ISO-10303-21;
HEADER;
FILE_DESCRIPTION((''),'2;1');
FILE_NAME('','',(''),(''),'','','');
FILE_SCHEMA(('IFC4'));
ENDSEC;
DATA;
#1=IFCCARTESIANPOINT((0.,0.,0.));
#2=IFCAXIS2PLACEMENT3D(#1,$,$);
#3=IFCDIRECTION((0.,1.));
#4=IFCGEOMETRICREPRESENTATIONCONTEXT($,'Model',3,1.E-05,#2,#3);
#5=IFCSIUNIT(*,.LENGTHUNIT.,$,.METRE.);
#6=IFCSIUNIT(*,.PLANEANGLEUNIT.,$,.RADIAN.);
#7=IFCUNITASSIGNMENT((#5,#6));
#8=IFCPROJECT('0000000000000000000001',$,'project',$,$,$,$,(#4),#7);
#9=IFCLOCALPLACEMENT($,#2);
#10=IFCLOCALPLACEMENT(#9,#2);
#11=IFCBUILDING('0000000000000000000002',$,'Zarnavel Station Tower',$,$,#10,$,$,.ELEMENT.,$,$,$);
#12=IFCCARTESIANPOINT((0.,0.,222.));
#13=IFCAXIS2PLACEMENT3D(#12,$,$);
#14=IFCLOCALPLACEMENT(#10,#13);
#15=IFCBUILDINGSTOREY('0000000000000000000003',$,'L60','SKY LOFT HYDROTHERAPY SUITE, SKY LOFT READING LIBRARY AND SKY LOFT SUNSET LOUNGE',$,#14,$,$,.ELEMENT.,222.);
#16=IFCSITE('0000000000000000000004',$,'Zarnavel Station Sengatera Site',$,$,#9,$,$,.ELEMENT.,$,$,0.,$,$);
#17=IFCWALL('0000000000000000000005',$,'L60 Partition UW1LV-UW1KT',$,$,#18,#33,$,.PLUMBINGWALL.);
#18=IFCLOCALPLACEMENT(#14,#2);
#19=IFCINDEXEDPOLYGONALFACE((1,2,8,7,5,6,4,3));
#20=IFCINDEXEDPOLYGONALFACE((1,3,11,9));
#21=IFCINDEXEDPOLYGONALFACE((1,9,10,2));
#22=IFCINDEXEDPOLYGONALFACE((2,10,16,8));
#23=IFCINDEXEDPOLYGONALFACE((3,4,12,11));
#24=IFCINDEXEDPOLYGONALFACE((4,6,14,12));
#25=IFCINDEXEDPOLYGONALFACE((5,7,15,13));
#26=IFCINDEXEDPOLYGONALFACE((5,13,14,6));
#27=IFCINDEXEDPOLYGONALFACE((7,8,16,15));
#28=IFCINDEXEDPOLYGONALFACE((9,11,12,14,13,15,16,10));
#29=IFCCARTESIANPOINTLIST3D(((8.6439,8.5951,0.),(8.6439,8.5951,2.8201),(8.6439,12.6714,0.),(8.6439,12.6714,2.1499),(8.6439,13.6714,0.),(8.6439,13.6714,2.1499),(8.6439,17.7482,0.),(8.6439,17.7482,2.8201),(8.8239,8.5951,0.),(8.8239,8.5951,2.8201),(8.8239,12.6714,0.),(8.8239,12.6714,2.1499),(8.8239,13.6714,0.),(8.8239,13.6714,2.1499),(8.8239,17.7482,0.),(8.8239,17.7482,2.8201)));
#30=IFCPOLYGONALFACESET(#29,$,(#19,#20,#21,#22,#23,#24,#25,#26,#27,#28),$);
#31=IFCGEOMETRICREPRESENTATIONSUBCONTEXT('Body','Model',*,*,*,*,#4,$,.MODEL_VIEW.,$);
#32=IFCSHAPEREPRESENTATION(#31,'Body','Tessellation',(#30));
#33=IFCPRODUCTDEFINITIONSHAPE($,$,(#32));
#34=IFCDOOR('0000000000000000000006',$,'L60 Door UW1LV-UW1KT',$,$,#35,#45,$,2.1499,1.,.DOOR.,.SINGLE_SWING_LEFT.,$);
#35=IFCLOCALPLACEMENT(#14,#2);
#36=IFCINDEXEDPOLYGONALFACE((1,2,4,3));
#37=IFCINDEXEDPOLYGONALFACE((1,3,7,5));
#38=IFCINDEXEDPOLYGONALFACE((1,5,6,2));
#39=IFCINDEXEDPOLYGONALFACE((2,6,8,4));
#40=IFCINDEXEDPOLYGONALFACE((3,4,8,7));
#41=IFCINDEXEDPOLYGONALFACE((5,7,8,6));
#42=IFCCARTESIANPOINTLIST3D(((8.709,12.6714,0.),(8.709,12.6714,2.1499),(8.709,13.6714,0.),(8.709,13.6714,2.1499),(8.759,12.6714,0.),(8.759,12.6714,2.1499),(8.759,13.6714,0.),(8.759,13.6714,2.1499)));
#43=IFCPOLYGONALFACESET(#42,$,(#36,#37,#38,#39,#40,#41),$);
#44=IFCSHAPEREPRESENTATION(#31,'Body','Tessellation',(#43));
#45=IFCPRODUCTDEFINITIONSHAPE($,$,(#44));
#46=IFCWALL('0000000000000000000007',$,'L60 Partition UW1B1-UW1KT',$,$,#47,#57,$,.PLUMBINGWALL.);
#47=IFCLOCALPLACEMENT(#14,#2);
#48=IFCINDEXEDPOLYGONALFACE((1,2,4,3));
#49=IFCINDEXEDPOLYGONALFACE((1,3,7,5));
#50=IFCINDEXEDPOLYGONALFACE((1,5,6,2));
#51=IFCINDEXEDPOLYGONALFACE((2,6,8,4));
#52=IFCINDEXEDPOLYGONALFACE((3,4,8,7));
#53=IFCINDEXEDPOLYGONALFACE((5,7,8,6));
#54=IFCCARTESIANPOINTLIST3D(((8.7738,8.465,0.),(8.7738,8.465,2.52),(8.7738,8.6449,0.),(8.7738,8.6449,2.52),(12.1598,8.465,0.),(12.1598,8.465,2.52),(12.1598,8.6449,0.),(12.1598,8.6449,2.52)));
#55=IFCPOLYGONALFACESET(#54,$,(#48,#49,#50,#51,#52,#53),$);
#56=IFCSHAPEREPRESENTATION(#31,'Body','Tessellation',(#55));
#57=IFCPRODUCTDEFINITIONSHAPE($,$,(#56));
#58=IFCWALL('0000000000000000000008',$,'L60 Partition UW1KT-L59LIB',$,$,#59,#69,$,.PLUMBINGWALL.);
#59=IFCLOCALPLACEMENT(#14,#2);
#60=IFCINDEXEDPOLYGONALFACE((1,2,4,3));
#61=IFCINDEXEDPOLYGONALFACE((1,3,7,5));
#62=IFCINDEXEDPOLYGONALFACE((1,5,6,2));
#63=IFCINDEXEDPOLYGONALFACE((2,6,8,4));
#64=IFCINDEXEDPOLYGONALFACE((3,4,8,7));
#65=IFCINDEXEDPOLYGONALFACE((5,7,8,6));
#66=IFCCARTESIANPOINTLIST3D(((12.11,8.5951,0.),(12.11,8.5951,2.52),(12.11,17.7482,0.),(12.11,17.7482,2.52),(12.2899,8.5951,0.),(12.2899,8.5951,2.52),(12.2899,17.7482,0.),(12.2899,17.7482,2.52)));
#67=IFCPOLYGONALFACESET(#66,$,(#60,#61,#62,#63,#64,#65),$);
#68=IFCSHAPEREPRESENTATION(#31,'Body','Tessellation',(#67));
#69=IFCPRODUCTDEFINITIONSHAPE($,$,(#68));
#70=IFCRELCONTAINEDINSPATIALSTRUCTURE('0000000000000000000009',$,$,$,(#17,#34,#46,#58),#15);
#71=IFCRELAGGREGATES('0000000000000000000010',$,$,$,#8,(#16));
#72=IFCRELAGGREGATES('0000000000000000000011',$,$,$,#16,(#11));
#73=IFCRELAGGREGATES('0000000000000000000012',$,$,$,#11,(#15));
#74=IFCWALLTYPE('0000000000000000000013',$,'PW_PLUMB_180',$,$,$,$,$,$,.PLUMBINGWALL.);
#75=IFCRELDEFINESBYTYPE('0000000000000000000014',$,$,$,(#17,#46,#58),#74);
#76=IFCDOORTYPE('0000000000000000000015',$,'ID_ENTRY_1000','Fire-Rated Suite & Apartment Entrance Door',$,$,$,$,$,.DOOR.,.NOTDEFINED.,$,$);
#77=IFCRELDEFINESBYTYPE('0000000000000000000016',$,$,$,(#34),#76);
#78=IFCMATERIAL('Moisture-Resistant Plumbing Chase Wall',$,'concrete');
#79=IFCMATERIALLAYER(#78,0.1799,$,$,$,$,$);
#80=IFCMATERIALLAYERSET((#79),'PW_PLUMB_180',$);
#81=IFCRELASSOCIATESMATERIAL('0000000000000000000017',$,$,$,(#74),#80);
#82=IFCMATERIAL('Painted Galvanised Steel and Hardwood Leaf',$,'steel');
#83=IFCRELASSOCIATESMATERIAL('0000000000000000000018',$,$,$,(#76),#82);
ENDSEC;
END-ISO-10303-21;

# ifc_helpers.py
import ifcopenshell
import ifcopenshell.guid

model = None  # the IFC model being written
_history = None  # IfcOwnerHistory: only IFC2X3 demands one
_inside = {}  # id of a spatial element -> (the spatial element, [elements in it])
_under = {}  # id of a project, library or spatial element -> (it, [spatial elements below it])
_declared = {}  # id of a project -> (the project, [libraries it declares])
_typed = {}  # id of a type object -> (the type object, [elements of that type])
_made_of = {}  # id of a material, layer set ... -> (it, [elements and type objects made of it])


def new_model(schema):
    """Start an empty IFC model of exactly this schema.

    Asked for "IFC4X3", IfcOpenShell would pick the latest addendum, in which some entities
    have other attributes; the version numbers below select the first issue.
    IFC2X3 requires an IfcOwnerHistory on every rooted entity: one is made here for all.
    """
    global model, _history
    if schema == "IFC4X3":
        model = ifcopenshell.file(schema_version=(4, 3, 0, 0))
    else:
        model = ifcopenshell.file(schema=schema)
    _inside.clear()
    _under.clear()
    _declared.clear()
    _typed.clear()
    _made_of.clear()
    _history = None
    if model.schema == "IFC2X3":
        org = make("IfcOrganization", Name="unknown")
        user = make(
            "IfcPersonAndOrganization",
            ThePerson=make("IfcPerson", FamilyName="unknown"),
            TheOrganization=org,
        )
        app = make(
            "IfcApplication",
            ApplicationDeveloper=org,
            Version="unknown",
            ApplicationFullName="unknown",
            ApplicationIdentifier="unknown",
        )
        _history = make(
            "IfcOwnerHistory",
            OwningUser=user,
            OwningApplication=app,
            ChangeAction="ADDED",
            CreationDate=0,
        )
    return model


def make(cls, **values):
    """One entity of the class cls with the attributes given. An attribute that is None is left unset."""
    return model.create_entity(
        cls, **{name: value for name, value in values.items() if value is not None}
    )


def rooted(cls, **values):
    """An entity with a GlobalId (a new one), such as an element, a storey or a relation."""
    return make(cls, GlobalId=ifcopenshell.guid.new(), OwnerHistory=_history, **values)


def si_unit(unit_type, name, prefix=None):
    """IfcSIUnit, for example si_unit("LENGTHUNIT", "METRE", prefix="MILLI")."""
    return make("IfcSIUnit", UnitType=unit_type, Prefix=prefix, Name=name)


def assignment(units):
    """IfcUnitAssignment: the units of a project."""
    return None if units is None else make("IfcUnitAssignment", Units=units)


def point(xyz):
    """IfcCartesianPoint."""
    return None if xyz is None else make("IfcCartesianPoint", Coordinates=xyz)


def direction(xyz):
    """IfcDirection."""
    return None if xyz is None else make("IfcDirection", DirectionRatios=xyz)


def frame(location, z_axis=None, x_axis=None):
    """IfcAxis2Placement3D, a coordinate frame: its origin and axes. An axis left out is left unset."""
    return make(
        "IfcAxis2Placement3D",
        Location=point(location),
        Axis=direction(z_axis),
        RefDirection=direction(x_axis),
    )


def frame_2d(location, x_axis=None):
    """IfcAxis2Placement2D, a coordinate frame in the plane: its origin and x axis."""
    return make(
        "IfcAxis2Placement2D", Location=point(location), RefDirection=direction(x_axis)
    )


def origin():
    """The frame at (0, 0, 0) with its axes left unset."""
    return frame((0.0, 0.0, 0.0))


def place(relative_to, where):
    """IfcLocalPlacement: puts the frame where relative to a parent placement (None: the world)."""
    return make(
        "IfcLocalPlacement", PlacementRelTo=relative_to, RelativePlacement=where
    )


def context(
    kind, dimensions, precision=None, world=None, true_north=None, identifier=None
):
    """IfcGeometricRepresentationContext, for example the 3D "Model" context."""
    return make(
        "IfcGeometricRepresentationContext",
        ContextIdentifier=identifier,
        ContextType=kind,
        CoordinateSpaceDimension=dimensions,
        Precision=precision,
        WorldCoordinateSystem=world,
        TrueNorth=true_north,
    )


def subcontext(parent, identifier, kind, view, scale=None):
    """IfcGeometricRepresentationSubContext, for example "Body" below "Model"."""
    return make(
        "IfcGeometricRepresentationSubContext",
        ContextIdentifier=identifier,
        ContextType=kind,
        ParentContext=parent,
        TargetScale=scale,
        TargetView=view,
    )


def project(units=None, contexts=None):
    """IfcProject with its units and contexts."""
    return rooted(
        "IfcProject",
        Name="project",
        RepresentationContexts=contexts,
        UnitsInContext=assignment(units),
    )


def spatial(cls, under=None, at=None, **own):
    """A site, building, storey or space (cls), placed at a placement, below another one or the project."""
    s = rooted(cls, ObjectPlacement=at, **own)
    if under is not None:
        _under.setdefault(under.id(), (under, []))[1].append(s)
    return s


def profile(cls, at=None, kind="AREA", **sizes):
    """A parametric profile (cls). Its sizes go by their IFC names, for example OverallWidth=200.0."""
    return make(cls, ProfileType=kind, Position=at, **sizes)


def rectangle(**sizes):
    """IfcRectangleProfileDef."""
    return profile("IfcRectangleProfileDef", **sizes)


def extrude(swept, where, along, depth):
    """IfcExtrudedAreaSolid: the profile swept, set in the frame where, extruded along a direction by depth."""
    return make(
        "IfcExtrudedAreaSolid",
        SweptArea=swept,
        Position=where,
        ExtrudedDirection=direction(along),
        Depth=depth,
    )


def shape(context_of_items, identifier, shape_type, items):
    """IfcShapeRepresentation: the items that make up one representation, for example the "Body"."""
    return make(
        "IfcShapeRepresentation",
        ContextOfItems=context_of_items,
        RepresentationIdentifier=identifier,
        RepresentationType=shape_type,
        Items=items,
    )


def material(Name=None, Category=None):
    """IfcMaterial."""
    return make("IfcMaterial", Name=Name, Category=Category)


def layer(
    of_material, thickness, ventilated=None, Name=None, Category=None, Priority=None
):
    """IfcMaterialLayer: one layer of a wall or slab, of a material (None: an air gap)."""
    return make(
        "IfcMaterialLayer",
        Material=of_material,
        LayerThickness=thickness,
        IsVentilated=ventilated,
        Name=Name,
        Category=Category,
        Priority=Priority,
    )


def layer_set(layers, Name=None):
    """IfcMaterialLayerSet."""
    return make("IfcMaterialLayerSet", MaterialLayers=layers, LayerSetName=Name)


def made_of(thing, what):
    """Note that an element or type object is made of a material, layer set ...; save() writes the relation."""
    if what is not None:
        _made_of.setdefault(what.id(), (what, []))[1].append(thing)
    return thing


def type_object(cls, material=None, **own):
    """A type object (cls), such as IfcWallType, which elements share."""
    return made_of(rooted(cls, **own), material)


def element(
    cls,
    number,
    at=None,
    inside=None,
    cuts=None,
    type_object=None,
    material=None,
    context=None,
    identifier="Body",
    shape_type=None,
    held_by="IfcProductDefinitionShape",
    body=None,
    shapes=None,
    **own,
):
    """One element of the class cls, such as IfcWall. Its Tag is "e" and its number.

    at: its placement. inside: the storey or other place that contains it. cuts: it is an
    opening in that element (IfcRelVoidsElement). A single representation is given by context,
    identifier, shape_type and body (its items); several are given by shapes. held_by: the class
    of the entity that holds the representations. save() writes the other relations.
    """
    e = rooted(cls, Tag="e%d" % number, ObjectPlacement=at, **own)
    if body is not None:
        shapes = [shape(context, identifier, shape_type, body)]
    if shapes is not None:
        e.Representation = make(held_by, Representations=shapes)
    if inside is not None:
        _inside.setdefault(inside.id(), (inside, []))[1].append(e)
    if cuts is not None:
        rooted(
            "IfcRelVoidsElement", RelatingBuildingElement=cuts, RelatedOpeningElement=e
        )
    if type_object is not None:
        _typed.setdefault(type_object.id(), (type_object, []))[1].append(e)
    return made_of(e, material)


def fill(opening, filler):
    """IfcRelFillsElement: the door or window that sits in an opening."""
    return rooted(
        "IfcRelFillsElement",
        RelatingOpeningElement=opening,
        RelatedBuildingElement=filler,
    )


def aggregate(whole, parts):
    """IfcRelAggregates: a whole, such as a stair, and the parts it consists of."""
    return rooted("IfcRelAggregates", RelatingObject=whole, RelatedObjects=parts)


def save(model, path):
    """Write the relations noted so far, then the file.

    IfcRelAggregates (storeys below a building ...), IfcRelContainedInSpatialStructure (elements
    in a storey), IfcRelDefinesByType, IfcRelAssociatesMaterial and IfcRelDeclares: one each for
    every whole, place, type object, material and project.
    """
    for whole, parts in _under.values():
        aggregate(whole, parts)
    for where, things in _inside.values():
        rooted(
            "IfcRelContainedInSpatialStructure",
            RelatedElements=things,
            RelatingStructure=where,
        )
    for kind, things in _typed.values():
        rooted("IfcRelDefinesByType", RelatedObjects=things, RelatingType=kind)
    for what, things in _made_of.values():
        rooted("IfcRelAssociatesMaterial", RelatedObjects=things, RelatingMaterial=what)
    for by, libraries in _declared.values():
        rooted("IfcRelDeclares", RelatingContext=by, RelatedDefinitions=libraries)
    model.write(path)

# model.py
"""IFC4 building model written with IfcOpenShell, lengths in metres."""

from ifc_helpers import new_model, si_unit, direction, frame, frame_2d, origin, place, context, subcontext, project, spatial, rectangle, extrude, material, layer, layer_set, type_object, element, fill, save


model = new_model("IFC4")

# Units and contexts
model_context = context("Model", 3, precision=1e-05, world=origin(), true_north=direction((0.0, 1.0)))
body_context = subcontext(model_context, "Body", "Model", "MODEL_VIEW")
ifc_project = project(units=[si_unit("LENGTHUNIT", "METRE"), si_unit("PLANEANGLEUNIT", "RADIAN")], contexts=[model_context])

# Site, building, storey
site_placement = place(None, origin())
site = spatial("IfcSite", under=ifc_project, at=site_placement, Name="Zarnavel Station Sengatera Site", CompositionType="ELEMENT", RefElevation=0.0)
building_placement = place(site_placement, origin())
building = spatial("IfcBuilding", under=site, at=building_placement, Name="Zarnavel Station Tower", CompositionType="ELEMENT")
storey_placement = place(building_placement, frame((0.0, 0.0, 222.0)))
storey = spatial("IfcBuildingStorey", under=building, at=storey_placement, Name="L60", Description="SKY LOFT HYDROTHERAPY SUITE, SKY LOFT READING LIBRARY AND SKY LOFT SUNSET LOUNGE", CompositionType="ELEMENT", Elevation=222.0)

# Wall, opening, door
ifc_material_1 = material(Name="Moisture-Resistant Plumbing Chase Wall", Category="concrete")
ifc_layer_1 = layer(ifc_material_1, 0.1799)
ifc_layer_set_1 = layer_set([ifc_layer_1], Name="PW_PLUMB_180")
wall_type_1 = type_object("IfcWallType", Name="PW_PLUMB_180", PredefinedType="PLUMBINGWALL", material=ifc_layer_set_1)
wall_1_placement = place(storey_placement, frame((8.7339, 8.595, 0.0), z_axis=(0.0, 0.0, 1.0), x_axis=(0.0, 1.0, 0.0)))
wall_1 = element("IfcWall", 1, at=wall_1_placement, inside=storey, type_object=wall_type_1, Name="L60 Partition UW1LV-UW1KT", PredefinedType="PLUMBINGWALL", context=body_context, shape_type="SweptSolid", body=[
    extrude(rectangle(XDim=9.1531, YDim=0.1799, at=frame_2d((4.5767, 0.0))), origin(), (0.0, 0.0, 1.0), 2.8201),
])
opening_1_placement = place(wall_1_placement, frame((4.0764, 0.0, 0.0)))
opening_1 = element("IfcOpeningElement", 2, at=opening_1_placement, cuts=wall_1, PredefinedType="OPENING", context=body_context, shape_type="SweptSolid", body=[
    extrude(rectangle(XDim=1.0, YDim=2.1499, at=frame_2d((0.5, 1.075))), frame((0.0, 0.0999, 0.0), z_axis=(0.0, -1.0, 0.0), x_axis=(1.0, 0.0, 0.0)), (0.0, 0.0, 1.0), 0.2),
])
ifc_material_2 = material(Name="Painted Galvanised Steel and Hardwood Leaf", Category="steel")
door_type_1 = type_object("IfcDoorType", Name="ID_ENTRY_1000", Description="Fire-Rated Suite & Apartment Entrance Door", OperationType="NOTDEFINED", PredefinedType="DOOR", material=ifc_material_2)
door_1_placement = place(opening_1_placement, origin())
door_1 = element("IfcDoor", 3, at=door_1_placement, inside=storey, type_object=door_type_1, Name="L60 Door UW1LV-UW1KT", OperationType="SINGLE_SWING_LEFT", OverallHeight=2.1499, OverallWidth=1.0, PredefinedType="DOOR", context=body_context, shape_type="SweptSolid", body=[
    extrude(rectangle(XDim=1.0, YDim=2.1499, at=frame_2d((0.5, 1.075))), frame((0.0, 0.0249, 0.0), z_axis=(0.0, -1.0, 0.0), x_axis=(1.0, 0.0, 0.0)), (0.0, 0.0, 1.0), 0.05),
])
fill(opening_1, door_1)

# Walls
wall_2_placement = place(storey_placement, frame((8.7739, 8.5549, 0.0), z_axis=(0.0, 0.0, 1.0), x_axis=(1.0, 0.0, 0.0)))
element("IfcWall", 4, at=wall_2_placement, inside=storey, type_object=wall_type_1, Name="L60 Partition UW1B1-UW1KT", PredefinedType="PLUMBINGWALL", context=body_context, shape_type="SweptSolid", body=[
    extrude(rectangle(XDim=3.386, YDim=0.1799, at=frame_2d((1.6929, 0.0))), origin(), (0.0, 0.0, 1.0), 2.52),
])
wall_3_placement = place(storey_placement, frame((12.2, 8.595, 0.0), z_axis=(0.0, 0.0, 1.0), x_axis=(0.0, 1.0, 0.0)))
element("IfcWall", 5, at=wall_3_placement, inside=storey, type_object=wall_type_1, Name="L60 Partition UW1KT-L59LIB", PredefinedType="PLUMBINGWALL", context=body_context, shape_type="SweptSolid", body=[
    extrude(rectangle(XDim=9.1531, YDim=0.1799, at=frame_2d((4.5767, 0.0))), origin(), (0.0, 0.0, 1.0), 2.52),
])

save(model, "model.ifc")
